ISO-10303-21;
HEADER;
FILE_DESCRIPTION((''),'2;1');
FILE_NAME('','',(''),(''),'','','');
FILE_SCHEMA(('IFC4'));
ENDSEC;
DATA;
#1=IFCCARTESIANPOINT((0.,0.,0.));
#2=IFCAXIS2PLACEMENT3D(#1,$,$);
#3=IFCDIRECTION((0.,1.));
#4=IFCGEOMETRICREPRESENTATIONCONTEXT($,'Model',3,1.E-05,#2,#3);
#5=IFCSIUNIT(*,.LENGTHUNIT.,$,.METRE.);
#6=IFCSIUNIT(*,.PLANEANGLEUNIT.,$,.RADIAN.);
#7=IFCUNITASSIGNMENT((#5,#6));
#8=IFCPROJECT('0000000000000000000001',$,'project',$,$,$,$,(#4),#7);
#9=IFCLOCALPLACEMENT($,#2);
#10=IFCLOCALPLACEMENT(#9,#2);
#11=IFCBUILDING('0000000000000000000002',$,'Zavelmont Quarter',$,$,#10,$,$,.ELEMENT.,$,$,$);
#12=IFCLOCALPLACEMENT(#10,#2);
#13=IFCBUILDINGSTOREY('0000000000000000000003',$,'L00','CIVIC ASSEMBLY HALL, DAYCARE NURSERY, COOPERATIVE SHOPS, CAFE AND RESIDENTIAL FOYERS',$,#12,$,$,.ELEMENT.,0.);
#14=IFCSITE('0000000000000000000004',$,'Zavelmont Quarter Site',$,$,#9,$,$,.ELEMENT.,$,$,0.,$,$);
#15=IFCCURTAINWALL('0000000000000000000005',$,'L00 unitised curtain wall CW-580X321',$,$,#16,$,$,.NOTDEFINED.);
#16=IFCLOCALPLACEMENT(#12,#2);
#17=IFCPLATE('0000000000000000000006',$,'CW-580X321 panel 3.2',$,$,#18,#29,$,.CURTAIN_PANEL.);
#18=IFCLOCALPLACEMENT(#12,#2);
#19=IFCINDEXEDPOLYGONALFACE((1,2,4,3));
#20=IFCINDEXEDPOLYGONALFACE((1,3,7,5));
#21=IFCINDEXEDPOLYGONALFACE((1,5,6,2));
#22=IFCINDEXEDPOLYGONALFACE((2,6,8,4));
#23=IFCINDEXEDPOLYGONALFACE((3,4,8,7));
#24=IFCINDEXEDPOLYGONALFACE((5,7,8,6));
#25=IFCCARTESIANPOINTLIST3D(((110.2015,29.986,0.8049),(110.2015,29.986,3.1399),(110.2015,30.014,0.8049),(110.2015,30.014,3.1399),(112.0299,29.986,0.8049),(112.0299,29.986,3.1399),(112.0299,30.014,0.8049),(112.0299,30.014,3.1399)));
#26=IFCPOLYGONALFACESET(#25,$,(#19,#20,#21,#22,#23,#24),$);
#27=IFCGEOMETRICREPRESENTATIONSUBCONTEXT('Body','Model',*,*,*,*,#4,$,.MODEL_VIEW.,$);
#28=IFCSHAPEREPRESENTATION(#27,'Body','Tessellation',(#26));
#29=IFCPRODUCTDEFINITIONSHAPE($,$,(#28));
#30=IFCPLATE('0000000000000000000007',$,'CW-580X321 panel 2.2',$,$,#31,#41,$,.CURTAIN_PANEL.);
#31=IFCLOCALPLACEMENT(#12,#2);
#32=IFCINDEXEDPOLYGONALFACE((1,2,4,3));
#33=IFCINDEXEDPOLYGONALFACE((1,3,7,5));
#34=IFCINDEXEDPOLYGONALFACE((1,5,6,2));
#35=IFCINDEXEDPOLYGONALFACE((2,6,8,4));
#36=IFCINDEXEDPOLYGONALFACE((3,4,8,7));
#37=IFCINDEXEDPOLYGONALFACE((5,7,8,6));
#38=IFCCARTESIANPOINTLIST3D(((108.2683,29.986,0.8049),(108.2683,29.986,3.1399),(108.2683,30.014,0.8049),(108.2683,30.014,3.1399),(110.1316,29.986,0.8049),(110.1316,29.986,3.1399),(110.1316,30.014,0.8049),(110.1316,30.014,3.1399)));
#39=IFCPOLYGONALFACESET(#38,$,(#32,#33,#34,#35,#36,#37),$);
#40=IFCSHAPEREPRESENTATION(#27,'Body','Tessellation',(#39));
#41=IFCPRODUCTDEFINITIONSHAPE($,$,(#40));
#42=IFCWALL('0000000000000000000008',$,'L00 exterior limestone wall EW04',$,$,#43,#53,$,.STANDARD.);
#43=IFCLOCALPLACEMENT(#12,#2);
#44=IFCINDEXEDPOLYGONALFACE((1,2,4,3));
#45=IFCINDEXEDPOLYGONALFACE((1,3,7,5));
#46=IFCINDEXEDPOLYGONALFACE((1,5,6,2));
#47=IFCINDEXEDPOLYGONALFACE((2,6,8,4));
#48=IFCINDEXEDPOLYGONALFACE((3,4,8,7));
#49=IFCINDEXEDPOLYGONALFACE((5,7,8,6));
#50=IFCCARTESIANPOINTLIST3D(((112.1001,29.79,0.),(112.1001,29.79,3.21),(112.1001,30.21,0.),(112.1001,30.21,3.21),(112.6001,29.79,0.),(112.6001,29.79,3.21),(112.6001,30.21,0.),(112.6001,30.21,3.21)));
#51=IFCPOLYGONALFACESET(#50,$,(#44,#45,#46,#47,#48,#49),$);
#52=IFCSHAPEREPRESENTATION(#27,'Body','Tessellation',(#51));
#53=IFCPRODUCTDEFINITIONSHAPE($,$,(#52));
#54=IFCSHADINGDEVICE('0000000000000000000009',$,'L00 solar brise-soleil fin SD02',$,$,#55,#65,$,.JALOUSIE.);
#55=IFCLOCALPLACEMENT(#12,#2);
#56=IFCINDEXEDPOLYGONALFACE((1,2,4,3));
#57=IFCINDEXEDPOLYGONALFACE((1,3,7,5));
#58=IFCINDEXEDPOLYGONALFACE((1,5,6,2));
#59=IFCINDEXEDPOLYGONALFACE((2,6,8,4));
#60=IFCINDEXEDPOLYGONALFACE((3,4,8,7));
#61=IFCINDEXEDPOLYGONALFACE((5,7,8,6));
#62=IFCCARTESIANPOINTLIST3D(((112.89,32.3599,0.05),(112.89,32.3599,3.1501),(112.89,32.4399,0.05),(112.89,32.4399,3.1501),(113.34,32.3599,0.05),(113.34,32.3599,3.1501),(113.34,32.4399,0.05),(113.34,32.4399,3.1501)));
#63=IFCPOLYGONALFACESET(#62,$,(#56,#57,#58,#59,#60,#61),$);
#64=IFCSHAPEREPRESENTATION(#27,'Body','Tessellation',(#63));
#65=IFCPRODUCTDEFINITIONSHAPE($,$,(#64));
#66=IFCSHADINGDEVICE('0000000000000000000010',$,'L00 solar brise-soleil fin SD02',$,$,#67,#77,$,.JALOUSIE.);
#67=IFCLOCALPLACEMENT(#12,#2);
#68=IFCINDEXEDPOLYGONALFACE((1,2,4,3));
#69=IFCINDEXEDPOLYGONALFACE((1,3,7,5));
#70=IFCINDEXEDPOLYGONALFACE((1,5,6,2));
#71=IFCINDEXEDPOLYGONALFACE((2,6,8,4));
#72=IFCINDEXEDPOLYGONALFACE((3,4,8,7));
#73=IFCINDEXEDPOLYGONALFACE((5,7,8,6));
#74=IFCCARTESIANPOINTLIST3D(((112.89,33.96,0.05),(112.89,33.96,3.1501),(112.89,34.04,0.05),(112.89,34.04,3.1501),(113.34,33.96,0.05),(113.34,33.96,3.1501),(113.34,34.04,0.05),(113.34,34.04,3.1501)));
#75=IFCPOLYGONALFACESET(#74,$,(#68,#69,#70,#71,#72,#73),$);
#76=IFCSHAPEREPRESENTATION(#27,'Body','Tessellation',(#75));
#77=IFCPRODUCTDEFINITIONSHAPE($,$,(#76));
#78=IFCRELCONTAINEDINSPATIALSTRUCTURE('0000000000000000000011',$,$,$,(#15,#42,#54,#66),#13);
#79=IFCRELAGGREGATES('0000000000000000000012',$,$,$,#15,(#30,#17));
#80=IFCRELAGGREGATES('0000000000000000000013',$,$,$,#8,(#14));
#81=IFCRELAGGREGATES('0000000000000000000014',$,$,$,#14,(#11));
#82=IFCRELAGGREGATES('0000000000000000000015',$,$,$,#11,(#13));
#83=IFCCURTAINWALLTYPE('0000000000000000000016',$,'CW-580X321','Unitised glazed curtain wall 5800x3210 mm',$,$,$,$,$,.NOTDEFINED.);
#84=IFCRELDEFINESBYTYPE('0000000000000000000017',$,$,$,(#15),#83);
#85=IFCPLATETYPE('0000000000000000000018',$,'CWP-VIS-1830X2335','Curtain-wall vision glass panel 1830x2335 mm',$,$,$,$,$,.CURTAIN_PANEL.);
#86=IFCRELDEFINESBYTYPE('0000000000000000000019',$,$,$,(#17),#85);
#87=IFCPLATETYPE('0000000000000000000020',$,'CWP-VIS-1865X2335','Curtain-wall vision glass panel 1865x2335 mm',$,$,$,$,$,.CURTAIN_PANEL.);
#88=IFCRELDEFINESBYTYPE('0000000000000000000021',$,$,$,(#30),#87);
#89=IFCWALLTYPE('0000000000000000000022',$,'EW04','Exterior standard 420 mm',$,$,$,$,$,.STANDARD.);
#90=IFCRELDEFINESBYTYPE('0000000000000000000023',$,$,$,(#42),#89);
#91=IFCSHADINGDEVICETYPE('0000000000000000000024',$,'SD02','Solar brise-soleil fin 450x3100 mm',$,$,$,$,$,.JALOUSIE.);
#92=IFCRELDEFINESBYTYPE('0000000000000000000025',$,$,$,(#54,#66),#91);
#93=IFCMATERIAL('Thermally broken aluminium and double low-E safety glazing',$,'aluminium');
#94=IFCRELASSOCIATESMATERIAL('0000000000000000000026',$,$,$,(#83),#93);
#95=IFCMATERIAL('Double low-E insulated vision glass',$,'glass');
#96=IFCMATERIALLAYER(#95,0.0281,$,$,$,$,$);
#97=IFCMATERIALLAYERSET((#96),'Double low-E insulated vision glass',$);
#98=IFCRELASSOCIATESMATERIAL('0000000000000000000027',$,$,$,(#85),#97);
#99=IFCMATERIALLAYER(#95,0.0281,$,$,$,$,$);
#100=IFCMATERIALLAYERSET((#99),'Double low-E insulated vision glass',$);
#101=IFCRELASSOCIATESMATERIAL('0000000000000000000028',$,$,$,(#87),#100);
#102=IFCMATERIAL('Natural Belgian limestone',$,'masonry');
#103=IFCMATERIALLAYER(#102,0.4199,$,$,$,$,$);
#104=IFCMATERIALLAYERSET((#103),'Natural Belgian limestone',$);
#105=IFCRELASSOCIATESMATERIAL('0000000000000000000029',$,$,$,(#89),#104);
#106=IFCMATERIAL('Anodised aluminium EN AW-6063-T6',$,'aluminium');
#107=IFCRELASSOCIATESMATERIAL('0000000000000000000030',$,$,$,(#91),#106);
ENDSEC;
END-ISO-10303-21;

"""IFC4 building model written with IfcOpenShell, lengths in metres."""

from ifc_helpers import new_model, si_unit, direction, frame, frame_2d, origin, origin_2d, place, context, subcontext, project, spatial, rectangle, extrude, material, layer, layer_set, type_object, element, aggregate, save


model = new_model("IFC4")

# Units and contexts
model_context = context("Model", 3, precision=1e-05, world=origin(), true_north=direction((0.0, 1.0)))
body_context = subcontext(model_context, "Body", "Model", "MODEL_VIEW")
ifc_project = project(units=[si_unit("LENGTHUNIT", "METRE"), si_unit("PLANEANGLEUNIT", "RADIAN")], contexts=[model_context])

# Site, building, storey
site_placement = place(None, origin())
site = spatial("IfcSite", under=ifc_project, at=site_placement, Name="Zavelmont Quarter Site", CompositionType="ELEMENT", RefElevation=0.0)
building_placement = place(site_placement, origin())
building = spatial("IfcBuilding", under=site, at=building_placement, Name="Zavelmont Quarter", CompositionType="ELEMENT")
storey_placement = place(building_placement, origin())
storey = spatial("IfcBuildingStorey", under=building, at=storey_placement, Name="L00", Description="CIVIC ASSEMBLY HALL, DAYCARE NURSERY, COOPERATIVE SHOPS, CAFE AND RESIDENTIAL FOYERS", CompositionType="ELEMENT", Elevation=0.0)

# Curtain wall
ifc_material_1 = material(Name="Thermally broken aluminium and double low-E safety glazing", Category="aluminium")
curtain_wall_type_1 = type_object("IfcCurtainWallType", Name="CW-580X321", Description="Unitised glazed curtain wall 5800x3210 mm", PredefinedType="NOTDEFINED", material=ifc_material_1)
curtain_wall_1_placement = place(storey_placement, origin())
curtain_wall_1 = element("IfcCurtainWall", 1, at=curtain_wall_1_placement, inside=storey, type_object=curtain_wall_type_1, Name="L00 unitised curtain wall CW-580X321", PredefinedType="NOTDEFINED")

# Plates
ifc_material_2 = material(Name="Double low-E insulated vision glass", Category="glass")
ifc_layer_1 = layer(ifc_material_2, 0.0281)
ifc_layer_set_1 = layer_set([ifc_layer_1], Name="Double low-E insulated vision glass")
plate_type_1 = type_object("IfcPlateType", Name="CWP-VIS-1830X2335", Description="Curtain-wall vision glass panel 1830x2335 mm", PredefinedType="CURTAIN_PANEL", material=ifc_layer_set_1)
plate_1_placement = place(storey_placement, frame((111.1157, 30.0, 0.8049), z_axis=(0.0, 0.0, 1.0), x_axis=(1.0, 0.0, 0.0)))
plate_1 = element("IfcPlate", 2, at=plate_1_placement, type_object=plate_type_1, Name="CW-580X321 panel 3.2", PredefinedType="CURTAIN_PANEL", context=body_context, shape_type="SweptSolid", body=[
    extrude(rectangle(XDim=1.8284, YDim=0.0281, at=origin_2d()), origin(), (0.0, 0.0, 1.0), 2.335),
])
ifc_layer_2 = layer(ifc_material_2, 0.0281)
ifc_layer_set_2 = layer_set([ifc_layer_2], Name="Double low-E insulated vision glass")
plate_type_2 = type_object("IfcPlateType", Name="CWP-VIS-1865X2335", Description="Curtain-wall vision glass panel 1865x2335 mm", PredefinedType="CURTAIN_PANEL", material=ifc_layer_set_2)
plate_2_placement = place(storey_placement, frame((109.2, 30.0, 0.8049), z_axis=(0.0, 0.0, 1.0), x_axis=(1.0, 0.0, 0.0)))
plate_2 = element("IfcPlate", 3, at=plate_2_placement, type_object=plate_type_2, Name="CW-580X321 panel 2.2", PredefinedType="CURTAIN_PANEL", context=body_context, shape_type="SweptSolid", body=[
    extrude(rectangle(XDim=1.8633, YDim=0.0281, at=origin_2d()), origin(), (0.0, 0.0, 1.0), 2.335),
])
aggregate(curtain_wall_1, [plate_2, plate_1])

# Wall
ifc_material_3 = material(Name="Natural Belgian limestone", Category="masonry")
ifc_layer_3 = layer(ifc_material_3, 0.4199)
ifc_layer_set_3 = layer_set([ifc_layer_3], Name="Natural Belgian limestone")
wall_type = type_object("IfcWallType", Name="EW04", Description="Exterior standard 420 mm", PredefinedType="STANDARD", material=ifc_layer_set_3)
wall_placement = place(storey_placement, frame((112.1001, 30.0, 0.0), z_axis=(0.0, 0.0, 1.0), x_axis=(1.0, 0.0, 0.0)))
element("IfcWall", 4, at=wall_placement, inside=storey, type_object=wall_type, Name="L00 exterior limestone wall EW04", PredefinedType="STANDARD", context=body_context, shape_type="SweptSolid", body=[
    extrude(rectangle(XDim=0.5, YDim=0.4199, at=frame_2d((0.25, 0.0))), origin(), (0.0, 0.0, 1.0), 3.21),
])

# Shading devices
ifc_material_4 = material(Name="Anodised aluminium EN AW-6063-T6", Category="aluminium")
shading_device_type = type_object("IfcShadingDeviceType", Name="SD02", Description="Solar brise-soleil fin 450x3100 mm", PredefinedType="JALOUSIE", material=ifc_material_4)
for number, where, z_axis, x_axis, name in (
    (5, (113.115, 32.3999, 0.05), (0.0, 0.0, 1.0), (0.0, 1.0, 0.0), "L00 solar brise-soleil fin SD02"),
    (6, (113.115, 34.0, 0.05), (0.0, 0.0, 1.0), (0.0, 1.0, 0.0), "L00 solar brise-soleil fin SD02"),
):
    element("IfcShadingDevice", number, at=place(storey_placement, frame(where, z_axis=z_axis, x_axis=x_axis)), inside=storey, type_object=shading_device_type, Name=name, PredefinedType="JALOUSIE", context=body_context, shape_type="SweptSolid", body=[
        extrude(rectangle(XDim=0.0801, YDim=0.45, at=origin_2d()), origin(), (0.0, 0.0, 1.0), 3.1001),
    ])

save(model, "model.ifc")
